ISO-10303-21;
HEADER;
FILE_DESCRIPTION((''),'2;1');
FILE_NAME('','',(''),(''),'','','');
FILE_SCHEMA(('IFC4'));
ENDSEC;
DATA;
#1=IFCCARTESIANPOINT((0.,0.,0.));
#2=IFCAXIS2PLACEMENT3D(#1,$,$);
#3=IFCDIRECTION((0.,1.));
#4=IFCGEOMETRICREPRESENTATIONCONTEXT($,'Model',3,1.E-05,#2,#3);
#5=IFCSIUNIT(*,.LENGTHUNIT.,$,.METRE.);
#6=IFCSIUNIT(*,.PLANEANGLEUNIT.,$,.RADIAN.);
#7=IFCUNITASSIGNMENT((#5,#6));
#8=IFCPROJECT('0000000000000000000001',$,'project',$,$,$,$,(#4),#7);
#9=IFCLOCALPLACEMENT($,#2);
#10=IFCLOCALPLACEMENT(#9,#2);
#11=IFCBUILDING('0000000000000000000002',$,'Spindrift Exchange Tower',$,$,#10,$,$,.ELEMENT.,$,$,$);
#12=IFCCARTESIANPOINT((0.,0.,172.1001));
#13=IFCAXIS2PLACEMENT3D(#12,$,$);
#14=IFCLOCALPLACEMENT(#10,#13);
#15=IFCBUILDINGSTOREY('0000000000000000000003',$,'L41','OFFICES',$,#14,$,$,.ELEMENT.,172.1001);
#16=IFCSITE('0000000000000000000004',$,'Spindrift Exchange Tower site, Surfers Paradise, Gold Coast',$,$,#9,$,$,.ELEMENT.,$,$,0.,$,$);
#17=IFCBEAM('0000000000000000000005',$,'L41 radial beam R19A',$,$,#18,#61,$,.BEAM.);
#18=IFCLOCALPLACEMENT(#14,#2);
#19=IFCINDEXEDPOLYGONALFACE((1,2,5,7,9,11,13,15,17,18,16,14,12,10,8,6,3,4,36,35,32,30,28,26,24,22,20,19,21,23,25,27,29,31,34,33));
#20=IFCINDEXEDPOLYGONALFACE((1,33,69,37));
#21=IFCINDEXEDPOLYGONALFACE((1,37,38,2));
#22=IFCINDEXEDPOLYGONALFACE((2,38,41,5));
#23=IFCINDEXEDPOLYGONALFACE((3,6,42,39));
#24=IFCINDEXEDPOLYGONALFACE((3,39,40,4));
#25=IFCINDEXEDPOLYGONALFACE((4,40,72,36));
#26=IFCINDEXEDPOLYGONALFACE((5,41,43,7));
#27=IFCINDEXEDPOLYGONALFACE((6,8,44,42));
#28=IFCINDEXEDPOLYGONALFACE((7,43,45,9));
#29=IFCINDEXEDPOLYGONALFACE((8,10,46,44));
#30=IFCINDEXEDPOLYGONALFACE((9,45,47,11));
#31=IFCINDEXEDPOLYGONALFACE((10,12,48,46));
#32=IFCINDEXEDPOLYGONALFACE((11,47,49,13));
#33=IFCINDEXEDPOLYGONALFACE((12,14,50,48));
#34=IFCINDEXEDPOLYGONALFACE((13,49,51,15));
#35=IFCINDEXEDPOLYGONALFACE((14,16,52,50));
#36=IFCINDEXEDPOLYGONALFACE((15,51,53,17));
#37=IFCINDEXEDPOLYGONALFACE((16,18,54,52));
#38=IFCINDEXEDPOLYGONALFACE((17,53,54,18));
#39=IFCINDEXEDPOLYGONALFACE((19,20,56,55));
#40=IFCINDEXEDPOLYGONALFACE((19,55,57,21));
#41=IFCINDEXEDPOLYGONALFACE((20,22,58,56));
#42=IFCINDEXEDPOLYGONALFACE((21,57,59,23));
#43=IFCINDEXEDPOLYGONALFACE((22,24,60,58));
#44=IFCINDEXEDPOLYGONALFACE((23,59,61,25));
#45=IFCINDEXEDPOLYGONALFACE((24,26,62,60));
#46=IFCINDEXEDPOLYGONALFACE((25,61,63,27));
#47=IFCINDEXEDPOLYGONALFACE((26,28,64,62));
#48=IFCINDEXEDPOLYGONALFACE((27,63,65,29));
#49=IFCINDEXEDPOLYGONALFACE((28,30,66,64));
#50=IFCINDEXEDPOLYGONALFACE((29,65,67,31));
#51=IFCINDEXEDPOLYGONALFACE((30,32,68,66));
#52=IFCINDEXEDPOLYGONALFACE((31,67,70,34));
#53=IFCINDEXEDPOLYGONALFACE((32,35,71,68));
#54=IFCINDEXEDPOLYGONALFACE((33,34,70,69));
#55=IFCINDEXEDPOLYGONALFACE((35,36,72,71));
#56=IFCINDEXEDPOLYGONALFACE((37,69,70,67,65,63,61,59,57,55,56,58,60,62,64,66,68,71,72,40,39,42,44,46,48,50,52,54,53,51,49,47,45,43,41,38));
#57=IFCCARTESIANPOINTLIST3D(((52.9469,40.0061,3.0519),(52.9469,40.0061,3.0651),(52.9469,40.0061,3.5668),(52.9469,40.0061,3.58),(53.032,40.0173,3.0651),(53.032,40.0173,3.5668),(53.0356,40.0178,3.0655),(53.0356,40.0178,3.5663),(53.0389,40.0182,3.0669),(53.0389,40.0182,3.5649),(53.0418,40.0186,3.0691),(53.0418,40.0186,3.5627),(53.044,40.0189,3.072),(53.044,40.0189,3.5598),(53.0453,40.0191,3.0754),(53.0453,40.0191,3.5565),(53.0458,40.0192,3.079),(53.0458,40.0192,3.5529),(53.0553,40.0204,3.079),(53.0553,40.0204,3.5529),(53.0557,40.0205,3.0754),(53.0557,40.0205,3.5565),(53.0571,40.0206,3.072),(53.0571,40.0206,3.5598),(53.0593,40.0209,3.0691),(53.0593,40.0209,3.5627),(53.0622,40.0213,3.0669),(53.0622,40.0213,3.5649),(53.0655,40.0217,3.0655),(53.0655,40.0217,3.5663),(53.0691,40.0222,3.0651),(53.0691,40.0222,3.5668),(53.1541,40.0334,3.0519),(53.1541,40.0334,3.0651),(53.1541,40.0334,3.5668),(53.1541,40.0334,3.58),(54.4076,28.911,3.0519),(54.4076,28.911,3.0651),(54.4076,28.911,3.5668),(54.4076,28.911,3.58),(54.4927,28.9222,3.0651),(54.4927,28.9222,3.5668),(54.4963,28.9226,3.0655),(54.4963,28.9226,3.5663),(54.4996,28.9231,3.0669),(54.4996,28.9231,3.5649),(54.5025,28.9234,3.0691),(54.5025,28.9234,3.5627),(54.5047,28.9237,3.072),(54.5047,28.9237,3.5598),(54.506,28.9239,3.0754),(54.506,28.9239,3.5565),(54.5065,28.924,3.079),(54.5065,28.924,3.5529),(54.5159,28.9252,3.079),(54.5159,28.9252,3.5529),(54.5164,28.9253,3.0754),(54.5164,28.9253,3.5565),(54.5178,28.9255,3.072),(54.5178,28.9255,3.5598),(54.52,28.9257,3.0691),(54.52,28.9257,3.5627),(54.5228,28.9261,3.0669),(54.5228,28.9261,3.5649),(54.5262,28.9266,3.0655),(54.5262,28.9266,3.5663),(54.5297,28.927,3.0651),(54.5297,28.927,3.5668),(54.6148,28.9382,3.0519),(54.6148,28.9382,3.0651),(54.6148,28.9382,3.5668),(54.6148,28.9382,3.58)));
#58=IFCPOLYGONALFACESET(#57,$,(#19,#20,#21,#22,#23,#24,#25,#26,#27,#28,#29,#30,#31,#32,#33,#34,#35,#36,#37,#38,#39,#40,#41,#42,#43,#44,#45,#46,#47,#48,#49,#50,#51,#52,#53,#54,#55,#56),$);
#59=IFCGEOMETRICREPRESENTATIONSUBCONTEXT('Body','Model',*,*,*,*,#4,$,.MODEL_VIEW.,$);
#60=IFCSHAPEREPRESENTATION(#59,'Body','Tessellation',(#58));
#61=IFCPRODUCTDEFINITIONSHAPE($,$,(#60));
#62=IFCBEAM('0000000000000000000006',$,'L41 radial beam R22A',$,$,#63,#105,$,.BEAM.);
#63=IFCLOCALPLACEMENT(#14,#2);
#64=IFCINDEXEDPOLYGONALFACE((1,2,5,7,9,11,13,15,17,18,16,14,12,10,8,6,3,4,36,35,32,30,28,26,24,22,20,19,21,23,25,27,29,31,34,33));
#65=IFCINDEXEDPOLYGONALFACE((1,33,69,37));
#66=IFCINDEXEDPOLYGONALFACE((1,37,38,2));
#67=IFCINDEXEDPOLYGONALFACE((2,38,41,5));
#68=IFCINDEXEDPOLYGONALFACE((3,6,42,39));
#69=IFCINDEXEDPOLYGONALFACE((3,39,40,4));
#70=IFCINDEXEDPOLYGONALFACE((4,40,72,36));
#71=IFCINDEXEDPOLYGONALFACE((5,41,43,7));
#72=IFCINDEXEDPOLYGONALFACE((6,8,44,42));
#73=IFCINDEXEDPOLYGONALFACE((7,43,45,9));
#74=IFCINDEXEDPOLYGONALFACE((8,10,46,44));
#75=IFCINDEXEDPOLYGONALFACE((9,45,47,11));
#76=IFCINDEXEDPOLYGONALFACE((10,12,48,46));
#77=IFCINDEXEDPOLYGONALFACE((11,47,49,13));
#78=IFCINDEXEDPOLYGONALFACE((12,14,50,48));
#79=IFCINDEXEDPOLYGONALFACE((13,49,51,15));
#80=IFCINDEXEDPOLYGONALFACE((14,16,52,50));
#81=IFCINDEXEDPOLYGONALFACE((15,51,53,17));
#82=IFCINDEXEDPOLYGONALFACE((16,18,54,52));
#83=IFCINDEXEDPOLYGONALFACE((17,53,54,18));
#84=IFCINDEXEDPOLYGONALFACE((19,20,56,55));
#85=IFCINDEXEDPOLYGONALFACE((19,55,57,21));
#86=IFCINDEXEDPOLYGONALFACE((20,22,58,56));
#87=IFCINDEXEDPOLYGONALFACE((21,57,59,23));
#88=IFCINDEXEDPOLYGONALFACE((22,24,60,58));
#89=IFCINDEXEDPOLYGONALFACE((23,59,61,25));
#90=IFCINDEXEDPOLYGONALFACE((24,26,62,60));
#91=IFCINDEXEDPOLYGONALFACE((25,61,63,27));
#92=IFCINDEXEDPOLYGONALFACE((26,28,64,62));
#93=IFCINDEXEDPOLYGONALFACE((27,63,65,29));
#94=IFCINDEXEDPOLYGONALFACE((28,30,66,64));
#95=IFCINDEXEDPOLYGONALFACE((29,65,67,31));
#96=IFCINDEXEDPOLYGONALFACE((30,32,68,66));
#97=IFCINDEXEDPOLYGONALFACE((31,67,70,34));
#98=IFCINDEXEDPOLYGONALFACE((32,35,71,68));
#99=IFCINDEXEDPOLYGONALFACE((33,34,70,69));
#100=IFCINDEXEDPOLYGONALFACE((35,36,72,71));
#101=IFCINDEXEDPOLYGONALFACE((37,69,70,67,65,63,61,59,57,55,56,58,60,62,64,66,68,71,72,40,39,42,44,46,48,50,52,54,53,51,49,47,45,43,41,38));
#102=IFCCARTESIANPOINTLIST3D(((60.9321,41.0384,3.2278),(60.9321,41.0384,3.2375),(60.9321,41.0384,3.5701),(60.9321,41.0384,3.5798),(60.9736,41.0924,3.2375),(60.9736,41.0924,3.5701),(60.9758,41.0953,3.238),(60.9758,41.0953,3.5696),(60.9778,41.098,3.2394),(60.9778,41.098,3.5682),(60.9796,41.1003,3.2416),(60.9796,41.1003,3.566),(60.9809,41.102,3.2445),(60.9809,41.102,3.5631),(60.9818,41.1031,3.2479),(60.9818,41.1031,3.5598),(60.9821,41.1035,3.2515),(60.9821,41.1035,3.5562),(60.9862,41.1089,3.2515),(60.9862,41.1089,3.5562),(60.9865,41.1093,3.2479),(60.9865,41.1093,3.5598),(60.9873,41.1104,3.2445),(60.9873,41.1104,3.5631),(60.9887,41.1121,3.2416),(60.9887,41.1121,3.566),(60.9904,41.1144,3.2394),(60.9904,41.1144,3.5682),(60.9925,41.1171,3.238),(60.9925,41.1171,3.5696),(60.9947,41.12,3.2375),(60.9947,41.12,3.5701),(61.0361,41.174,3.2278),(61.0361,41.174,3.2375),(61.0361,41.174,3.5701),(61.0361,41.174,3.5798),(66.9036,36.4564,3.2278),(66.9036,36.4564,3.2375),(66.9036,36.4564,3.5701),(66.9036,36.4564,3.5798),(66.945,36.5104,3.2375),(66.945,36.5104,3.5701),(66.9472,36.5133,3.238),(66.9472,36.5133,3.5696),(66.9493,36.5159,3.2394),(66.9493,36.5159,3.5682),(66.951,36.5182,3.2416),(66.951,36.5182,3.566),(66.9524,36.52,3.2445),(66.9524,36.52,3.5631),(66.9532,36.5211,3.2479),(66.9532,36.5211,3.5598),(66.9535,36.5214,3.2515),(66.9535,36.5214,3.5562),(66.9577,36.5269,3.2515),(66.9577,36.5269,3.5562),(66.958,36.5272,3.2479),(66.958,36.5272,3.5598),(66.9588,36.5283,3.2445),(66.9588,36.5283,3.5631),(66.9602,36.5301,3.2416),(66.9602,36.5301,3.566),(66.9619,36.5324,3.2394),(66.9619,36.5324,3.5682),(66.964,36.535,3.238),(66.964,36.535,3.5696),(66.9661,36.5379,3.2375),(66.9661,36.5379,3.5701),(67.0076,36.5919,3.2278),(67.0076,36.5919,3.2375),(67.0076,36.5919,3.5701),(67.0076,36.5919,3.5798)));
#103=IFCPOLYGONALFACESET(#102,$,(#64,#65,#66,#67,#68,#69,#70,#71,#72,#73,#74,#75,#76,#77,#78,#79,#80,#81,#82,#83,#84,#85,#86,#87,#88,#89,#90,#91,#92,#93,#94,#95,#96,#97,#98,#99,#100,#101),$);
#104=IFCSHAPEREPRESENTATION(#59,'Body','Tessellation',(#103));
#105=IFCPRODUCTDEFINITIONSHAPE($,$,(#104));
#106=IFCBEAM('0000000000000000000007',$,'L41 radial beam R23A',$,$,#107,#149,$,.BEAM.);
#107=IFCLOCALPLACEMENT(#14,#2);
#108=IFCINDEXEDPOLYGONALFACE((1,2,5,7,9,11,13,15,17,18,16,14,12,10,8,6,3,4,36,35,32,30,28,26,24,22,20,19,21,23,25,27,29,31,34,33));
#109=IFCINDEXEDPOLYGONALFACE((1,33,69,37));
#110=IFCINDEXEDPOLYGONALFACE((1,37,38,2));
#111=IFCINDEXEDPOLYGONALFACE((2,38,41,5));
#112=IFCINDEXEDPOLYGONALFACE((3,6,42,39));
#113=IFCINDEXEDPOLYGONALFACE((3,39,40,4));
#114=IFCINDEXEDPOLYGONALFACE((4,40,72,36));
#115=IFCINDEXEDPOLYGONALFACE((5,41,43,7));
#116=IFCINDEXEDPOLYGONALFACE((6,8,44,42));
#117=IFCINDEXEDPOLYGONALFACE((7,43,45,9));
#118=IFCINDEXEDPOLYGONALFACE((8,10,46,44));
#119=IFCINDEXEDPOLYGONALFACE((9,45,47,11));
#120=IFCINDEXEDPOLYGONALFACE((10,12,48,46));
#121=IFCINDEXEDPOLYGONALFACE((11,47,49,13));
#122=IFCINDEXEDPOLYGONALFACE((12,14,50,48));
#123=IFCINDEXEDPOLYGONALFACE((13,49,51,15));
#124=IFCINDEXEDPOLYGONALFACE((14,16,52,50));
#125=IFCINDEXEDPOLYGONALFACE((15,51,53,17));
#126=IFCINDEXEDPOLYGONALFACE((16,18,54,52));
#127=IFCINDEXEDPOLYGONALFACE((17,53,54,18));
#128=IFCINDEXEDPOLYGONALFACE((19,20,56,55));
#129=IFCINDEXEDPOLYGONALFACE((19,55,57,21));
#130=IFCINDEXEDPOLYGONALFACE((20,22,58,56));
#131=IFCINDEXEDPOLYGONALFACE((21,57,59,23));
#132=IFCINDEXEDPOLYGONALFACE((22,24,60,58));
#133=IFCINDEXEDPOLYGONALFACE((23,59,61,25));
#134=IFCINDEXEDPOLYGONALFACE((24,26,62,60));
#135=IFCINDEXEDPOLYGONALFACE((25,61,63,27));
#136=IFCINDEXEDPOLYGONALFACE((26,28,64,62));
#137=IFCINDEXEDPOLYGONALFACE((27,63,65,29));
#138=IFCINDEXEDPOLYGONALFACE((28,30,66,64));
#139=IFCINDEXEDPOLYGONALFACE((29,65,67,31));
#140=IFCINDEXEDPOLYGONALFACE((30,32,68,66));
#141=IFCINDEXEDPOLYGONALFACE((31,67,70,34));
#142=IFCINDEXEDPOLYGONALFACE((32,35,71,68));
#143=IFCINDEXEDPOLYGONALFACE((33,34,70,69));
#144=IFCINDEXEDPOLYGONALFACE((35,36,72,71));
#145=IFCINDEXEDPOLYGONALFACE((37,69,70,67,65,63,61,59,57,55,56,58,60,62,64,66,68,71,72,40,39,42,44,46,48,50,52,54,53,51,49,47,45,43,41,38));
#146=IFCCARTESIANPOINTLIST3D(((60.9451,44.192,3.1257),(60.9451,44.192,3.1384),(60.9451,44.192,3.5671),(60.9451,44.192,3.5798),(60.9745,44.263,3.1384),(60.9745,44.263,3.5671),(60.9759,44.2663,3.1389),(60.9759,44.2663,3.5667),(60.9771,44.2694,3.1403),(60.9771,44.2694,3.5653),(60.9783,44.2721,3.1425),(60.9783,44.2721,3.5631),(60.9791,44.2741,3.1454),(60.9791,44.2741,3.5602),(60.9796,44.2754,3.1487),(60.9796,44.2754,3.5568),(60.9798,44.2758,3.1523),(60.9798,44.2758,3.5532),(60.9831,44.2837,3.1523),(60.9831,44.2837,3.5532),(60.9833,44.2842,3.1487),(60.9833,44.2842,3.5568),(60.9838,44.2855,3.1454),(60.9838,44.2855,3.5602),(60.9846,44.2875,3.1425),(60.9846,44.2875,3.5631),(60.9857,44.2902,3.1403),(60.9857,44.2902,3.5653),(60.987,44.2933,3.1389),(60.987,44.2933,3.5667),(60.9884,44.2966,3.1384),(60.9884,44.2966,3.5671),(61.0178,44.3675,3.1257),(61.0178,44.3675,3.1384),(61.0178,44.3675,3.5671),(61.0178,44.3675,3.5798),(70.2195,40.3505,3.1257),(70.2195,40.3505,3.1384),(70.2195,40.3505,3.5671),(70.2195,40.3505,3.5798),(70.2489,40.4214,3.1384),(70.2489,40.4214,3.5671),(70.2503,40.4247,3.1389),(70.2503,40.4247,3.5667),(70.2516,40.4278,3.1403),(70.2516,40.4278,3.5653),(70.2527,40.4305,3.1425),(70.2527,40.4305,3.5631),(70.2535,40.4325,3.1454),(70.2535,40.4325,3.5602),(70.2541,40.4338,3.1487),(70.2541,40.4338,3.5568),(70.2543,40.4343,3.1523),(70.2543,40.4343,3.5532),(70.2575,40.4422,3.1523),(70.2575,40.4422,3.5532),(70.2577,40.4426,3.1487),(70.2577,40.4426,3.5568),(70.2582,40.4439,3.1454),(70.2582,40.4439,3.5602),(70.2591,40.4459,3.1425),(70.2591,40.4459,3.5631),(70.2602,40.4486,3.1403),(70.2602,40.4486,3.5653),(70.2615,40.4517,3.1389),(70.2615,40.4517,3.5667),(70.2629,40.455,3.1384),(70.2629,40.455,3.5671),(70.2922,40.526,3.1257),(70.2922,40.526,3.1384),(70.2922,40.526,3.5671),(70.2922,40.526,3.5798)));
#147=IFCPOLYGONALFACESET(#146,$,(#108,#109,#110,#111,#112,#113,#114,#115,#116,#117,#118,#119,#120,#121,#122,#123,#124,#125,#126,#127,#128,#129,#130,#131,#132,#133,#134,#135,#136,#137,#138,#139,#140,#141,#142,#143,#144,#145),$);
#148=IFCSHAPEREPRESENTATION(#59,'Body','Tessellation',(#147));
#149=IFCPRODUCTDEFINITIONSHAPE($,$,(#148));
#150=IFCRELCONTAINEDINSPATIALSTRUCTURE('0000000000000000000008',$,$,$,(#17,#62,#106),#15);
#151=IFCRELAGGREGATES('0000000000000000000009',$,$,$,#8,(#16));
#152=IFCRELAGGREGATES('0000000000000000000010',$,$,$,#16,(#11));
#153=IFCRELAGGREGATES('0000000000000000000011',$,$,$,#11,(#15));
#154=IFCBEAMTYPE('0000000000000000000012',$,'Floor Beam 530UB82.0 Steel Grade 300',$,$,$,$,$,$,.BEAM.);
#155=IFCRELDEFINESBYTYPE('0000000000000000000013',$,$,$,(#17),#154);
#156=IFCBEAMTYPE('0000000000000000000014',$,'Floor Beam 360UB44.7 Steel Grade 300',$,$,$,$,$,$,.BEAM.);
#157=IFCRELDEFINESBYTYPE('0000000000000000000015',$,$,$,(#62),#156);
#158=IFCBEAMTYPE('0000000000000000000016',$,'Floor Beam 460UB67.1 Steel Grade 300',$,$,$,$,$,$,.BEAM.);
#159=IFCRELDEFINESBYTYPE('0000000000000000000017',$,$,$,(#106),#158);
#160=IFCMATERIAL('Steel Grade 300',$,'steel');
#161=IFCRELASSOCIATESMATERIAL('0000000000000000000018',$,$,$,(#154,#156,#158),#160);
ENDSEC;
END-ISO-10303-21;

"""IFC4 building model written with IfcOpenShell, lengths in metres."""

from ifc_helpers import new_model, si_unit, direction, frame, origin, origin_2d, place, context, subcontext, project, spatial, i_section, extrude, source, transform, mapped, material, material_profile, profile_set, type_object, element, save


model = new_model("IFC4")

# Units and contexts
model_context = context("Model", 3, precision=1e-05, world=origin(), true_north=direction((0.0, 1.0)))
body_context = subcontext(model_context, "Body", "Model", "MODEL_VIEW")
ifc_project = project(units=[si_unit("LENGTHUNIT", "METRE"), si_unit("PLANEANGLEUNIT", "RADIAN")], contexts=[model_context])

# Site, building, storey
site_placement = place(None, origin())
site = spatial("IfcSite", under=ifc_project, at=site_placement, Name="Spindrift Exchange Tower site, Surfers Paradise, Gold Coast", CompositionType="ELEMENT", RefElevation=0.0)
building_placement = place(site_placement, origin())
building = spatial("IfcBuilding", under=site, at=building_placement, Name="Spindrift Exchange Tower", CompositionType="ELEMENT")
storey_placement = place(building_placement, frame((0.0, 0.0, 172.1001)))
storey = spatial("IfcBuildingStorey", under=building, at=storey_placement, Name="L41", Description="OFFICES", CompositionType="ELEMENT", Elevation=172.1001)

# Beams
ifc_material_1 = material(Name="Steel Grade 300", Category="steel")
ifc_material_profile_1 = material_profile(ifc_material_1, i_section(OverallWidth=0.209, OverallDepth=0.5281, WebThickness=0.0095, FlangeThickness=0.0132, FilletRadius=0.0139, at=origin_2d()), Name="530UB82.0")
ifc_profile_set_1 = profile_set([ifc_material_profile_1], Name="Steel Grade 300")
beam_type_1 = type_object("IfcBeamType", Name="Floor Beam 530UB82.0 Steel Grade 300", PredefinedType="BEAM", material=ifc_profile_set_1)
shared_shape_1 = source(origin(), body_context, "Body", "SweptSolid", [
    extrude(i_section(OverallWidth=0.209, OverallDepth=0.5281, WebThickness=0.0095, FlangeThickness=0.0132, FilletRadius=0.0139, at=origin_2d()), origin(), (0.0, 0.0, 1.0), 11.1909),
])
beam_1_placement = place(storey_placement, frame((53.0505, 40.0198, 3.3159), z_axis=(0.130524, -0.991445, 0.0), x_axis=(0.991445, 0.130524, 0.0)))
element("IfcBeam", 1, at=beam_1_placement, inside=storey, type_object=beam_type_1, Name="L41 radial beam R19A", PredefinedType="BEAM", context=body_context, shape_type="MappedRepresentation", body=[
    mapped(shared_shape_1, transform((0.0, 0.0, 0.0), scale=1.0)),
])
ifc_material_profile_2 = material_profile(ifc_material_1, i_section(OverallWidth=0.1709, OverallDepth=0.3521, WebThickness=0.0068, FlangeThickness=0.0098, FilletRadius=0.0139, at=origin_2d()), Name="360UB44.7")
ifc_profile_set_2 = profile_set([ifc_material_profile_2], Name="Steel Grade 300")
beam_type_2 = type_object("IfcBeamType", Name="Floor Beam 360UB44.7 Steel Grade 300", PredefinedType="BEAM", material=ifc_profile_set_2)
shared_shape_2 = source(origin(), body_context, "Body", "SweptSolid", [
    extrude(i_section(OverallWidth=0.1709, OverallDepth=0.3521, WebThickness=0.0068, FlangeThickness=0.0098, FilletRadius=0.0139, at=origin_2d()), origin(), (0.0, 0.0, 1.0), 7.5269),
])
beam_2_placement = place(storey_placement, frame((60.9841, 41.1062, 3.4038), z_axis=(0.793354, -0.60876, 0.0), x_axis=(0.60876, 0.793354, 0.0)))
element("IfcBeam", 2, at=beam_2_placement, inside=storey, type_object=beam_type_2, Name="L41 radial beam R22A", PredefinedType="BEAM", context=body_context, shape_type="MappedRepresentation", body=[
    mapped(shared_shape_2, transform((0.0, 0.0, 0.0), scale=1.0)),
])
ifc_material_profile_3 = material_profile(ifc_material_1, i_section(OverallWidth=0.1899, OverallDepth=0.4541, WebThickness=0.0085, FlangeThickness=0.0127, FilletRadius=0.0139, at=origin_2d()), Name="460UB67.1")
ifc_profile_set_3 = profile_set([ifc_material_profile_3], Name="Steel Grade 300")
beam_type_3 = type_object("IfcBeamType", Name="Floor Beam 460UB67.1 Steel Grade 300", PredefinedType="BEAM", material=ifc_profile_set_3)
shared_shape_3 = source(origin(), body_context, "Body", "SweptSolid", [
    extrude(i_section(OverallWidth=0.1899, OverallDepth=0.4541, WebThickness=0.0085, FlangeThickness=0.0127, FilletRadius=0.0139, at=origin_2d()), origin(), (0.0, 0.0, 1.0), 10.0386),
])
beam_3_placement = place(storey_placement, frame((60.9814, 44.2798, 3.3528), z_axis=(0.923881, -0.38268, 0.0), x_axis=(0.38268, 0.923881, 0.0)))
element("IfcBeam", 3, at=beam_3_placement, inside=storey, type_object=beam_type_3, Name="L41 radial beam R23A", PredefinedType="BEAM", context=body_context, shape_type="MappedRepresentation", body=[
    mapped(shared_shape_3, transform((0.0, 0.0, 0.0), scale=1.0)),
])

save(model, "model.ifc")
